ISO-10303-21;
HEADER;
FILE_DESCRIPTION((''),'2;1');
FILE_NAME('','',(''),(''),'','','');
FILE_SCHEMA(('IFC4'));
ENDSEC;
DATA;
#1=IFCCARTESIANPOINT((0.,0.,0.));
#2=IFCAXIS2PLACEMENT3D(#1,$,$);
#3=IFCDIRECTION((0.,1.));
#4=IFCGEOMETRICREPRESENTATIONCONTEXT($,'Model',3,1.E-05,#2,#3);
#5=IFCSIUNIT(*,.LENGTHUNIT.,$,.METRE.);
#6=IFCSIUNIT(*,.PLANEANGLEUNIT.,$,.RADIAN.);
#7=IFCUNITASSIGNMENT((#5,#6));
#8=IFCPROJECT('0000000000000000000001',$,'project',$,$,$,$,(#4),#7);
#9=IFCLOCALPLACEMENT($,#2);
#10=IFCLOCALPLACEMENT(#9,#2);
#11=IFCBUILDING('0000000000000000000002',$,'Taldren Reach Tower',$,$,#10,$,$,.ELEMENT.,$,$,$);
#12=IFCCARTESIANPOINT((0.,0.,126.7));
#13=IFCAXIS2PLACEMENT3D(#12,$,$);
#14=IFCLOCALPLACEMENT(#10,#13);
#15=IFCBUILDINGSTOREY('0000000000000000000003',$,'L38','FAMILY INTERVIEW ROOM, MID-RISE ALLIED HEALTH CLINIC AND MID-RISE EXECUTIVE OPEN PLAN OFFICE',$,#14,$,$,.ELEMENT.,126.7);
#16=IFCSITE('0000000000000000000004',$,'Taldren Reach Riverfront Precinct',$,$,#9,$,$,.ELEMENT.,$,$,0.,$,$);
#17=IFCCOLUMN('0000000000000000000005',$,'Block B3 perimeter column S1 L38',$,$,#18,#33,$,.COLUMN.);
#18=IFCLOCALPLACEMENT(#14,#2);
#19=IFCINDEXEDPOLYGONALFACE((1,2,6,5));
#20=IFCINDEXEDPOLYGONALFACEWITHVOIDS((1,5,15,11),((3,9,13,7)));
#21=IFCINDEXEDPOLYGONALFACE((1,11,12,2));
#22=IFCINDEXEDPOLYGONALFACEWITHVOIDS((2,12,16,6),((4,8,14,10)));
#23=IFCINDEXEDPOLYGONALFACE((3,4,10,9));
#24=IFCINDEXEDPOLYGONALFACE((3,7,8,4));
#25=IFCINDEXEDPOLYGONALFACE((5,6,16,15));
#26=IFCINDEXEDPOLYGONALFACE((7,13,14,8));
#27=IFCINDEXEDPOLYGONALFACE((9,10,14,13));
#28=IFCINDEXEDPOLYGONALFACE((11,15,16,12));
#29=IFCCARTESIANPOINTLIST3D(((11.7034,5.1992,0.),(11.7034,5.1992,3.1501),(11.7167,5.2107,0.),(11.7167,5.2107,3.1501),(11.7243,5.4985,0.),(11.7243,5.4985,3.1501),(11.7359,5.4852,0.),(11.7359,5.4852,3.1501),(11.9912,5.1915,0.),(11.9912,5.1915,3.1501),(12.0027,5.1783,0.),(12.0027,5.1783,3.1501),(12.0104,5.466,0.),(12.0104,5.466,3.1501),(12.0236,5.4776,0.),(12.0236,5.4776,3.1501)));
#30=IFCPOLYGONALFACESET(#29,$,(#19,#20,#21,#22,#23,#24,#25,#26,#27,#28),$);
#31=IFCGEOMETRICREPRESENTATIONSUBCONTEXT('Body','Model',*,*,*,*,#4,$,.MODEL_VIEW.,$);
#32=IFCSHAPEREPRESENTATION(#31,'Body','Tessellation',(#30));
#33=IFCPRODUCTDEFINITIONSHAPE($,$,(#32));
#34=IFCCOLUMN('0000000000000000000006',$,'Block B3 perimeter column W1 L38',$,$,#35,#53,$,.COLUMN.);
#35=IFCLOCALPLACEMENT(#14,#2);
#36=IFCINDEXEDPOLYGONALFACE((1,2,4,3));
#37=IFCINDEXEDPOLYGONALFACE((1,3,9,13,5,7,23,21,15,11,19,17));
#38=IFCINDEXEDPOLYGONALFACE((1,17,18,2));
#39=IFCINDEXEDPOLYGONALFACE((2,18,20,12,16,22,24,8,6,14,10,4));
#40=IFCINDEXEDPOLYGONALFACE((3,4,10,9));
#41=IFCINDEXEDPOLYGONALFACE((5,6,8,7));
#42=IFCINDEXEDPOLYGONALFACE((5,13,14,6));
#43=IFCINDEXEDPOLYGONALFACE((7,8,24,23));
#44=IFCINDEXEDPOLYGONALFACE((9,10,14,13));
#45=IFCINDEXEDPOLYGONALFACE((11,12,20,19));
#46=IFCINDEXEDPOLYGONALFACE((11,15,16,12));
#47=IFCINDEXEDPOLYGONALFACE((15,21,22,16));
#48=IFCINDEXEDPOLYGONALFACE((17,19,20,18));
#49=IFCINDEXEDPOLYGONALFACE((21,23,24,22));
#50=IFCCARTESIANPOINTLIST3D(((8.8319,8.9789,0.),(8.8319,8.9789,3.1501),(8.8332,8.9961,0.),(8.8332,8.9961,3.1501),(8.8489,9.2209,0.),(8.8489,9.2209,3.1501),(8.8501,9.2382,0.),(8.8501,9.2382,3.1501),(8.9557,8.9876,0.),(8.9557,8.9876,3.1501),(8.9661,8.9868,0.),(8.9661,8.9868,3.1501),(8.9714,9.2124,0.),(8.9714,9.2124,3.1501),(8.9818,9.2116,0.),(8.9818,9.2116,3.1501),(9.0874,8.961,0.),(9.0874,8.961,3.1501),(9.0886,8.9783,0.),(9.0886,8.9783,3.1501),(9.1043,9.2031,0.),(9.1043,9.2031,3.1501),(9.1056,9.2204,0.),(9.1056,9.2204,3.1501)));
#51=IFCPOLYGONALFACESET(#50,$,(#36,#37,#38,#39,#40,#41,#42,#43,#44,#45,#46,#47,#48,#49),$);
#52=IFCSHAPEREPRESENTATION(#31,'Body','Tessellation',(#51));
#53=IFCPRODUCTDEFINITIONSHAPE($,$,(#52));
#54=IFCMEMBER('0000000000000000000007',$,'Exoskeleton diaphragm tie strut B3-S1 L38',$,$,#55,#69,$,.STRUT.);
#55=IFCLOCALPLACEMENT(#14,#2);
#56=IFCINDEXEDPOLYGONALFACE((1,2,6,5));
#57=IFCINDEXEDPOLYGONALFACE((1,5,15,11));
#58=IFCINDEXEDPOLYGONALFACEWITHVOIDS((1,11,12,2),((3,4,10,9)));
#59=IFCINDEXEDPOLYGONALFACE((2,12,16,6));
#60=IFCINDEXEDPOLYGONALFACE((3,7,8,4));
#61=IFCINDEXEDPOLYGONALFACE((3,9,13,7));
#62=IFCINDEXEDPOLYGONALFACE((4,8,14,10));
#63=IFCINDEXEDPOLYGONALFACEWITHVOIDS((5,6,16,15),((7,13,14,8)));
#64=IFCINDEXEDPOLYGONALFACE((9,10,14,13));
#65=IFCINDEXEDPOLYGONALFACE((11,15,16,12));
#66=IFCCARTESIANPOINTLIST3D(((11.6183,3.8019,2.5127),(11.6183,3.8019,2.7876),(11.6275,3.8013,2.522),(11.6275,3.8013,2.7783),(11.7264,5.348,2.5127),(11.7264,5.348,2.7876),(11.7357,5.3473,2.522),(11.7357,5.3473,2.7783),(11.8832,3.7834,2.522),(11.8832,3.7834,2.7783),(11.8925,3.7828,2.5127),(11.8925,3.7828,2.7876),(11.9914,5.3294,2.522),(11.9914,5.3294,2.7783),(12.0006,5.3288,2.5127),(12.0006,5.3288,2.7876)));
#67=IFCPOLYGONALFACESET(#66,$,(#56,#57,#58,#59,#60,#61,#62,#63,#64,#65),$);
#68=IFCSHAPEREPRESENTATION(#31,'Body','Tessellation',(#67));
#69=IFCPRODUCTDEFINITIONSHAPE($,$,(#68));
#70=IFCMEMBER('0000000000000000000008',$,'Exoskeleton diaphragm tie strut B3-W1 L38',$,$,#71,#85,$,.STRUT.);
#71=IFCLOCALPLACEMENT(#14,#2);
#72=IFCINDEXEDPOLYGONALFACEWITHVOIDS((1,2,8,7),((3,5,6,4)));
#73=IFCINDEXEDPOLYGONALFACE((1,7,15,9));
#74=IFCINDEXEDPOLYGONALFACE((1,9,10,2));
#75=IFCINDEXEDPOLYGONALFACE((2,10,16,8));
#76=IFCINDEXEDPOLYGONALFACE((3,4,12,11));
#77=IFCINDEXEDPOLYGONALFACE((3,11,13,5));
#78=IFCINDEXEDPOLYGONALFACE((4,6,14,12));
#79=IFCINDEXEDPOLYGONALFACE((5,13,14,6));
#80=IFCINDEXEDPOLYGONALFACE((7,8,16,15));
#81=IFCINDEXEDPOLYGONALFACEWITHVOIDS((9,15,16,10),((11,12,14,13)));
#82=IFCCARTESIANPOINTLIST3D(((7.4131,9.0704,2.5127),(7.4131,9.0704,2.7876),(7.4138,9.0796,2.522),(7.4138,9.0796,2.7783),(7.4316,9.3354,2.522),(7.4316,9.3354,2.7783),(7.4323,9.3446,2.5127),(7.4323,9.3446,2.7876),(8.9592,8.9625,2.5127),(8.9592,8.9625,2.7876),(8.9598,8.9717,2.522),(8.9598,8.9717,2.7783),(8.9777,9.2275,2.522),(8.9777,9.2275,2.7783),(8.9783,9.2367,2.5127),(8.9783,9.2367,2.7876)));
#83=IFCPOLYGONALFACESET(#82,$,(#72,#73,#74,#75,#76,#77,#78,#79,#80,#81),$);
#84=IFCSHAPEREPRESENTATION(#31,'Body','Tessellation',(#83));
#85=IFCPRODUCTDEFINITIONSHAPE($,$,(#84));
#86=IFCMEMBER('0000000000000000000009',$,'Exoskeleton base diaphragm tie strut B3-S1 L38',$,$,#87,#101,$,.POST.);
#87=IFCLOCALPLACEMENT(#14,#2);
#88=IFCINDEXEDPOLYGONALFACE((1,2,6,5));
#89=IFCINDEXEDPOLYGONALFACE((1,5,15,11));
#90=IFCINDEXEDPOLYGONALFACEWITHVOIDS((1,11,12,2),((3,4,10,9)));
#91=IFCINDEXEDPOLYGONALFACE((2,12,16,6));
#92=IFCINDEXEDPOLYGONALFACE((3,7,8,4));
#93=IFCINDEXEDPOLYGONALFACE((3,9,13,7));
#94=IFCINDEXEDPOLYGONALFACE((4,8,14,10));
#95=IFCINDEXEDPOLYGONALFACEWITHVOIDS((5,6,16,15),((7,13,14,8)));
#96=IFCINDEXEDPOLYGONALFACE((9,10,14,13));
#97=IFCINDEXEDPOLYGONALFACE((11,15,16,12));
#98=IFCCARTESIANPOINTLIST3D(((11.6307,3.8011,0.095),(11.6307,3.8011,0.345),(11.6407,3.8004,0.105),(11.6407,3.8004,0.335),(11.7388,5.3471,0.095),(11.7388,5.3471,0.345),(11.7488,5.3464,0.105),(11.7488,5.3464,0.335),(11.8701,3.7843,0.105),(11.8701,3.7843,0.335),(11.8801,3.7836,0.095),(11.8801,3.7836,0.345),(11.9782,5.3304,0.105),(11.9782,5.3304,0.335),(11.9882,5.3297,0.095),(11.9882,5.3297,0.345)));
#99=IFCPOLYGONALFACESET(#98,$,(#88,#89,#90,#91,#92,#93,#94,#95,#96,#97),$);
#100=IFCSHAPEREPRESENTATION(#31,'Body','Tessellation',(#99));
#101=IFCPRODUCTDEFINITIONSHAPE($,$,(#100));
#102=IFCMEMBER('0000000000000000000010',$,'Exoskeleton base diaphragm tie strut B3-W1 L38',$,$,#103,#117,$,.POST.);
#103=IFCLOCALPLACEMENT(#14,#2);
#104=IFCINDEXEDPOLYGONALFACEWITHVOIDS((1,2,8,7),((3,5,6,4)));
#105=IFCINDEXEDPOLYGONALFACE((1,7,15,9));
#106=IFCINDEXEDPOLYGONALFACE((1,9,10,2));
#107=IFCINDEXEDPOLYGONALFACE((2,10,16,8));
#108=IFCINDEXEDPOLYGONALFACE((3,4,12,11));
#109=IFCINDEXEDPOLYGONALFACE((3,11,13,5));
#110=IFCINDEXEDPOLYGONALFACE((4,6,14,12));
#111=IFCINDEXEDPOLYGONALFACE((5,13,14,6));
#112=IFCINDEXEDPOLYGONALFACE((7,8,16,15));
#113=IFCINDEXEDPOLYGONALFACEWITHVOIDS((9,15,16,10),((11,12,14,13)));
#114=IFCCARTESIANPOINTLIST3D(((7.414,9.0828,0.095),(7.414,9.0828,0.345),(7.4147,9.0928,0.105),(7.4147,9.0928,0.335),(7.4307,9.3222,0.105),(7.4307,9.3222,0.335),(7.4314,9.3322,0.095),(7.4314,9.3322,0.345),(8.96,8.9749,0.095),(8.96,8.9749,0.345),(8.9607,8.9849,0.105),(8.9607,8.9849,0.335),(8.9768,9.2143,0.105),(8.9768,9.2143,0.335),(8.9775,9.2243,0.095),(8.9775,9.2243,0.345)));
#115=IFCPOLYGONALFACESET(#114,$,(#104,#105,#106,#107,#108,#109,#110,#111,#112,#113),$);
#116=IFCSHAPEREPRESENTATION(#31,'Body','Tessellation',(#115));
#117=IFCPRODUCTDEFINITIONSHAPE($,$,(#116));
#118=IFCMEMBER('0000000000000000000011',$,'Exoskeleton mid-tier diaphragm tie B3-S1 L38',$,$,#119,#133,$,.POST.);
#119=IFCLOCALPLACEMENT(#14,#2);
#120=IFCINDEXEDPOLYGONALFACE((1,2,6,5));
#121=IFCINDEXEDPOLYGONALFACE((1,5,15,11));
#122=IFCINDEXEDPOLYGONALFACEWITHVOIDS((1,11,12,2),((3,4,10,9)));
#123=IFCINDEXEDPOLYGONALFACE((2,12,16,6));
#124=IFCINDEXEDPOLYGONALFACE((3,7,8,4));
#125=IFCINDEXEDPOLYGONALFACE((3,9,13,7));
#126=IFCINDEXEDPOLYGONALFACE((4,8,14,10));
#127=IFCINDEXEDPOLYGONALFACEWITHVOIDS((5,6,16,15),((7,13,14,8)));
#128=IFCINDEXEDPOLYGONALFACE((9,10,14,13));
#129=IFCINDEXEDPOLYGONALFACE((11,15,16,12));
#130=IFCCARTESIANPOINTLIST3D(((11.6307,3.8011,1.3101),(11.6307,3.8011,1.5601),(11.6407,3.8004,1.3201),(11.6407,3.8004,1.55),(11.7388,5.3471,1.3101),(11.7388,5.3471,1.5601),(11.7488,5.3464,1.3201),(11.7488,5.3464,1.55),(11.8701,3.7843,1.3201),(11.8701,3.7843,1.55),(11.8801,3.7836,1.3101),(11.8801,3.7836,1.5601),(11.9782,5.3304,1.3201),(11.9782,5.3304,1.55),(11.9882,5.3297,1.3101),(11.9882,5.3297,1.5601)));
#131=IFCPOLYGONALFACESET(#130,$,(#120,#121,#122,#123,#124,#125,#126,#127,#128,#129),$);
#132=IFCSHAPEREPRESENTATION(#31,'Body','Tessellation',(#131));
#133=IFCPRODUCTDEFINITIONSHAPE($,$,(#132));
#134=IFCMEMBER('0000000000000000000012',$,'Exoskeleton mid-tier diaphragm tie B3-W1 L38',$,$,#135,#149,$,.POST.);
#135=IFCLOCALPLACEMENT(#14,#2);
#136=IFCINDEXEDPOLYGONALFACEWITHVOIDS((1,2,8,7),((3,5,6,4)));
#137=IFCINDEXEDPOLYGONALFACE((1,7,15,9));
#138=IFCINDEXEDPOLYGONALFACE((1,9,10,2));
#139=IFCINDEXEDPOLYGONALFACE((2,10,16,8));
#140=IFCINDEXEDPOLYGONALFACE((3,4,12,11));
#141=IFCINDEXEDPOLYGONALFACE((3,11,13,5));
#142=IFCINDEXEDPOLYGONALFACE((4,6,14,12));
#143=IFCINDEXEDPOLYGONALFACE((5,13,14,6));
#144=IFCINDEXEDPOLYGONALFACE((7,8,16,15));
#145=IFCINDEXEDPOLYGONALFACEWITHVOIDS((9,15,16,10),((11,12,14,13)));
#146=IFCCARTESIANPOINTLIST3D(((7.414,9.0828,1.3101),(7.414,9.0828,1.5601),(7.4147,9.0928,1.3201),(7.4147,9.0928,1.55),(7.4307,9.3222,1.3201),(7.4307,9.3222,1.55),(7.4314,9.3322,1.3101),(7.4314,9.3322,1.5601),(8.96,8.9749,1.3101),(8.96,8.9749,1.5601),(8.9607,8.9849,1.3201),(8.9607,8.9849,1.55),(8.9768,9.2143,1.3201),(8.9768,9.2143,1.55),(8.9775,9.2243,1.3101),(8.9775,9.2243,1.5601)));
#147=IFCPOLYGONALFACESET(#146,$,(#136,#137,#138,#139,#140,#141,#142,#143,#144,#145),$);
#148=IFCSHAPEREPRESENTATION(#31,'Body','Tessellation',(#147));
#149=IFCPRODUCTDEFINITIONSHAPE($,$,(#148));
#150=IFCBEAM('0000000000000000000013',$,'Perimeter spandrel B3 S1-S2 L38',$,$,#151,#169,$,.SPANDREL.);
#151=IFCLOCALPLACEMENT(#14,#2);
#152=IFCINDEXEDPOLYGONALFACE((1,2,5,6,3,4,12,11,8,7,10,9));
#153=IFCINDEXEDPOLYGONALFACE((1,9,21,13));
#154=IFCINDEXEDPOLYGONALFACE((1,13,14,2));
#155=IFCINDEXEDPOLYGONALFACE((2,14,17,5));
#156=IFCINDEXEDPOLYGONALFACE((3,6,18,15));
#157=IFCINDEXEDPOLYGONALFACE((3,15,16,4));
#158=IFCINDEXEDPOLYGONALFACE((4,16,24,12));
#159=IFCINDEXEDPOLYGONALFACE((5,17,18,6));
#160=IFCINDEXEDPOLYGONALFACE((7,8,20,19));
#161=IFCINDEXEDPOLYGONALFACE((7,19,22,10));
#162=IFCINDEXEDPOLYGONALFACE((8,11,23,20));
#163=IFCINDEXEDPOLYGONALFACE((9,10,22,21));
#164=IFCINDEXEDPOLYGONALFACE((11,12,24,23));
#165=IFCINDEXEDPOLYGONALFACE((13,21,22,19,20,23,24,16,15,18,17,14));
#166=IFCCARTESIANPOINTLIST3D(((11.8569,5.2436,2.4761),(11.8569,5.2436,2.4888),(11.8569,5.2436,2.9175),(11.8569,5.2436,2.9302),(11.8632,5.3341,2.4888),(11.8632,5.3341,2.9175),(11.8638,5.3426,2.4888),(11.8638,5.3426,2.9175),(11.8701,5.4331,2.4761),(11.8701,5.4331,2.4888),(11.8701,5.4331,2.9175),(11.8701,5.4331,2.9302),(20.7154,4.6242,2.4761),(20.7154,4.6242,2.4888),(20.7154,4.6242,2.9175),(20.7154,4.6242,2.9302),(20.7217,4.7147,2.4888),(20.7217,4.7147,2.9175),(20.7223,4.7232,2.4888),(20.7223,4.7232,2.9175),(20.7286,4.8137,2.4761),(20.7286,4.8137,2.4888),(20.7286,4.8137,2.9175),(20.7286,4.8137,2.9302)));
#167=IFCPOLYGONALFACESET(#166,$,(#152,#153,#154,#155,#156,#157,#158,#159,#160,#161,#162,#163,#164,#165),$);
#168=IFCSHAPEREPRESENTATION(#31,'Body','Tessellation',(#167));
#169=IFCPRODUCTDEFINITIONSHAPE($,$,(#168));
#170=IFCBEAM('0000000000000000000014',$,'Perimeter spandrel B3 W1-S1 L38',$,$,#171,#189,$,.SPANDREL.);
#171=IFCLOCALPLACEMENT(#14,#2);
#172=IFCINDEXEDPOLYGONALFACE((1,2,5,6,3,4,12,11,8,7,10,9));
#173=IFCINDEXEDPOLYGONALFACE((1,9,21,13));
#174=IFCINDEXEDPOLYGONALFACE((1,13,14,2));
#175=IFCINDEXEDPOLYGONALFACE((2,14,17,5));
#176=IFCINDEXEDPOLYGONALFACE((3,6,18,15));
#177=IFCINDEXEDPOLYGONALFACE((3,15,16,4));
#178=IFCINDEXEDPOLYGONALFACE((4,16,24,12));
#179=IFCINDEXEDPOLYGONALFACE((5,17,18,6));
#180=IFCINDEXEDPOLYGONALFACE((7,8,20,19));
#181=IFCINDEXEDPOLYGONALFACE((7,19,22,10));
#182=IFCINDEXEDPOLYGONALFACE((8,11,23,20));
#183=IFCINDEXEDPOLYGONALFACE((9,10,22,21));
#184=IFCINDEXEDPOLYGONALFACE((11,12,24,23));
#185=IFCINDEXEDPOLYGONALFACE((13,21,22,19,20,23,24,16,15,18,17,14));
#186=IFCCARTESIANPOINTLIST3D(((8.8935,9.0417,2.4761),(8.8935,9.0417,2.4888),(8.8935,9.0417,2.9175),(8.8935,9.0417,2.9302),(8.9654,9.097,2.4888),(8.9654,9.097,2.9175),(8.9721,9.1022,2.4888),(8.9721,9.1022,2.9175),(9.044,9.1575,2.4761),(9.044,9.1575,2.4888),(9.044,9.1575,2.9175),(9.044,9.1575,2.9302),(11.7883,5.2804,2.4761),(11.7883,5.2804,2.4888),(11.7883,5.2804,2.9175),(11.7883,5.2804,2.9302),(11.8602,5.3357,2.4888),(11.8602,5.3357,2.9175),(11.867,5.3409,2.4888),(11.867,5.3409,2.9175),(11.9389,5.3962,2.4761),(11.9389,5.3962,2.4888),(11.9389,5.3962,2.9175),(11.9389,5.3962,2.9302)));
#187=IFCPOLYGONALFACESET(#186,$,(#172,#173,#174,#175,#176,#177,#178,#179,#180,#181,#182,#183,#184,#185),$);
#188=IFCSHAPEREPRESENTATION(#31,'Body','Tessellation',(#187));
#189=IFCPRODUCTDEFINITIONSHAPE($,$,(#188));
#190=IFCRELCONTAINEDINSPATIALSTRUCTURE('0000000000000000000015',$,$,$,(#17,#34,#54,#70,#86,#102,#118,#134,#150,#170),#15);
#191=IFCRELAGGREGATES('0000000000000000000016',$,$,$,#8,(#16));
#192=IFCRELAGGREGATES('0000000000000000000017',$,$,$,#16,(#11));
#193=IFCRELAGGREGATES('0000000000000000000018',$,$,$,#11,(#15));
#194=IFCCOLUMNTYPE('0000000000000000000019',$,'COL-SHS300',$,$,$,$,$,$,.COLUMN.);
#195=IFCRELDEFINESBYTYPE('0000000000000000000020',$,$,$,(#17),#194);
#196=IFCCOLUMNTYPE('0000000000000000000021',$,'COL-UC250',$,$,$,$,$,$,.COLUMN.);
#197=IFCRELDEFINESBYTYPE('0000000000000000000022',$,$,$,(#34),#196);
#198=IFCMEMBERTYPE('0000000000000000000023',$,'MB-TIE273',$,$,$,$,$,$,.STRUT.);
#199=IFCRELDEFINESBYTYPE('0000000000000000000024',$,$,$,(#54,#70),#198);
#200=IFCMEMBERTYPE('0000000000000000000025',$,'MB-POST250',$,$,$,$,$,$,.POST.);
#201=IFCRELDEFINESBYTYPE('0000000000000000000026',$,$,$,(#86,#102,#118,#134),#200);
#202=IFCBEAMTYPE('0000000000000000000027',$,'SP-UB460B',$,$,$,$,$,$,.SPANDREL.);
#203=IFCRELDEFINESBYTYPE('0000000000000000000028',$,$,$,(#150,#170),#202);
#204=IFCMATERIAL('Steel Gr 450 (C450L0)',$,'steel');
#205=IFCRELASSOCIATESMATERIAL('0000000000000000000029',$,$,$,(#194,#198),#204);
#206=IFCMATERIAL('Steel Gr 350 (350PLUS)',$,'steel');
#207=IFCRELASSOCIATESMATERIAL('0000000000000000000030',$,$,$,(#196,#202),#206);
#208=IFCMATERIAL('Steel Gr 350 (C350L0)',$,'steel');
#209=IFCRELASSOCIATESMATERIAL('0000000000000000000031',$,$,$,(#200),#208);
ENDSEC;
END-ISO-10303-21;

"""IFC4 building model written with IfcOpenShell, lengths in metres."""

from ifc_helpers import new_model, si_unit, direction, frame, origin, origin_2d, place, context, subcontext, project, spatial, hollow_rectangle, i_section, extrude, source, transform, mapped, material, material_profile, profile_set, type_object, element, save


model = new_model("IFC4")

# Units and contexts
model_context = context("Model", 3, precision=1e-05, world=origin(), true_north=direction((0.0, 1.0)))
body_context = subcontext(model_context, "Body", "Model", "MODEL_VIEW")
ifc_project = project(units=[si_unit("LENGTHUNIT", "METRE"), si_unit("PLANEANGLEUNIT", "RADIAN")], contexts=[model_context])

# Site, building, storey
site_placement = place(None, origin())
site = spatial("IfcSite", under=ifc_project, at=site_placement, Name="Taldren Reach Riverfront Precinct", CompositionType="ELEMENT", RefElevation=0.0)
building_placement = place(site_placement, origin())
building = spatial("IfcBuilding", under=site, at=building_placement, Name="Taldren Reach Tower", CompositionType="ELEMENT")
storey_placement = place(building_placement, frame((0.0, 0.0, 126.7)))
storey = spatial("IfcBuildingStorey", under=building, at=storey_placement, Name="L38", Description="FAMILY INTERVIEW ROOM, MID-RISE ALLIED HEALTH CLINIC AND MID-RISE EXECUTIVE OPEN PLAN OFFICE", CompositionType="ELEMENT", Elevation=126.7)

# Columns
ifc_material_1 = material(Name="Steel Gr 450 (C450L0)", Category="steel")
ifc_material_profile_1 = material_profile(ifc_material_1, hollow_rectangle(XDim=0.3, YDim=0.3, WallThickness=0.0125, at=origin_2d()), Name="300x300x12.5SHS")
ifc_profile_set_1 = profile_set([ifc_material_profile_1], Name="Steel Gr 450 (C450L0)")
column_type_1 = type_object("IfcColumnType", Name="COL-SHS300", PredefinedType="COLUMN", material=ifc_profile_set_1)
shared_shape_1 = source(origin(), body_context, "Body", "SweptSolid", [
    extrude(hollow_rectangle(XDim=0.3, YDim=0.3, WallThickness=0.0125, at=origin_2d()), origin(), (0.0, 0.0, 1.0), 3.1501),
])
column_1_placement = place(storey_placement, frame((11.8635, 5.3384, 0.0), z_axis=(0.0, 0.0, 1.0), x_axis=(0.997564, -0.069756, 0.0)))
element("IfcColumn", 1, at=column_1_placement, inside=storey, type_object=column_type_1, Name="Block B3 perimeter column S1 L38", PredefinedType="COLUMN", context=body_context, shape_type="MappedRepresentation", body=[
    mapped(shared_shape_1, transform((0.0, 0.0, 0.0), scale=1.0)),
])
ifc_material_2 = material(Name="Steel Gr 350 (350PLUS)", Category="steel")
ifc_material_profile_2 = material_profile(ifc_material_2, i_section(OverallWidth=0.2561, OverallDepth=0.26, WebThickness=0.0105, FlangeThickness=0.0173, at=origin_2d()), Name="250UC89.5")
ifc_profile_set_2 = profile_set([ifc_material_profile_2], Name="Steel Gr 350 (350PLUS)")
column_type_2 = type_object("IfcColumnType", Name="COL-UC250", PredefinedType="COLUMN", material=ifc_profile_set_2)
shared_shape_2 = source(origin(), body_context, "Body", "SweptSolid", [
    extrude(i_section(OverallWidth=0.2561, OverallDepth=0.26, WebThickness=0.0105, FlangeThickness=0.0173, at=origin_2d()), origin(), (0.0, 0.0, 1.0), 3.1501),
])
column_2_placement = place(storey_placement, frame((8.9688, 9.0996, 0.0), z_axis=(0.0, 0.0, 1.0), x_axis=(0.997564, -0.069756, 0.0)))
element("IfcColumn", 2, at=column_2_placement, inside=storey, type_object=column_type_2, Name="Block B3 perimeter column W1 L38", PredefinedType="COLUMN", context=body_context, shape_type="MappedRepresentation", body=[
    mapped(shared_shape_2, transform((0.0, 0.0, 0.0), scale=1.0)),
])

# Members
ifc_material_profile_3 = material_profile(ifc_material_1, hollow_rectangle(XDim=0.2749, YDim=0.2749, WallThickness=0.0093, at=origin_2d()), Name="275x275x9.3SHS")
ifc_profile_set_3 = profile_set([ifc_material_profile_3], Name="Steel Gr 450 (C450L0)")
member_type_1 = type_object("IfcMemberType", Name="MB-TIE273", PredefinedType="STRUT", material=ifc_profile_set_3)
shared_shape_3 = source(origin(), body_context, "Body", "SweptSolid", [
    extrude(hollow_rectangle(XDim=0.2749, YDim=0.2749, WallThickness=0.0093, at=origin_2d()), origin(), (0.0, 0.0, 1.0), 1.5498),
])
for number, where, z_axis, x_axis, name in (
    (3, (11.8635, 5.3384, 2.6501), (-0.069781, -0.997562, 0.0), (0.997562, -0.069781, 0.0), "Exoskeleton diaphragm tie strut B3-S1 L38"),
    (4, (8.9688, 9.0996, 2.6501), (-0.997573, 0.069624, 0.0), (-0.069624, -0.997573, 0.0), "Exoskeleton diaphragm tie strut B3-W1 L38"),
):
    element("IfcMember", number, at=place(storey_placement, frame(where, z_axis=z_axis, x_axis=x_axis)), inside=storey, type_object=member_type_1, Name=name, PredefinedType="STRUT", context=body_context, shape_type="MappedRepresentation", body=[
        mapped(shared_shape_3, transform((0.0, 0.0, 0.0), scale=1.0)),
    ])
ifc_material_3 = material(Name="Steel Gr 350 (C350L0)", Category="steel")
ifc_material_profile_4 = material_profile(ifc_material_3, hollow_rectangle(XDim=0.25, YDim=0.25, WallThickness=0.01, at=origin_2d()), Name="250x250x10.0SHS")
ifc_profile_set_4 = profile_set([ifc_material_profile_4], Name="Steel Gr 350 (C350L0)")
member_type_2 = type_object("IfcMemberType", Name="MB-POST250", PredefinedType="POST", material=ifc_profile_set_4)
shared_shape_4 = source(origin(), body_context, "Body", "SweptSolid", [
    extrude(hollow_rectangle(XDim=0.25, YDim=0.25, WallThickness=0.01, at=origin_2d()), origin(), (0.0, 0.0, 1.0), 1.5498),
])
for number, where, z_axis, x_axis, name in (
    (5, (11.8635, 5.3384, 0.22), (-0.069781, -0.997562, 0.0), (0.997562, -0.069781, 0.0), "Exoskeleton base diaphragm tie strut B3-S1 L38"),
    (6, (8.9688, 9.0996, 0.22), (-0.997573, 0.069624, 0.0), (-0.069624, -0.997573, 0.0), "Exoskeleton base diaphragm tie strut B3-W1 L38"),
    (7, (11.8635, 5.3384, 1.4351), (-0.069781, -0.997562, 0.0), (0.997562, -0.069781, 0.0), "Exoskeleton mid-tier diaphragm tie B3-S1 L38"),
    (8, (8.9688, 9.0996, 1.4351), (-0.997573, 0.069624, 0.0), (-0.069624, -0.997573, 0.0), "Exoskeleton mid-tier diaphragm tie B3-W1 L38"),
):
    element("IfcMember", number, at=place(storey_placement, frame(where, z_axis=z_axis, x_axis=x_axis)), inside=storey, type_object=member_type_2, Name=name, PredefinedType="POST", context=body_context, shape_type="MappedRepresentation", body=[
        mapped(shared_shape_4, transform((0.0, 0.0, 0.0), scale=1.0)),
    ])

# Beams
ifc_material_profile_5 = material_profile(ifc_material_2, i_section(OverallWidth=0.1899, OverallDepth=0.4541, WebThickness=0.0085, FlangeThickness=0.0127, at=origin_2d()), Name="460UB67.1")
ifc_profile_set_5 = profile_set([ifc_material_profile_5], Name="Steel Gr 350 (350PLUS)")
beam_type_1 = type_object("IfcBeamType", Name="SP-UB460B", PredefinedType="SPANDREL", material=ifc_profile_set_5)
shared_shape_5 = source(origin(), body_context, "Body", "SweptSolid", [
    extrude(i_section(OverallWidth=0.1899, OverallDepth=0.4541, WebThickness=0.0085, FlangeThickness=0.0127, at=origin_2d()), origin(), (0.0, 0.0, 1.0), 8.8801),
])
beam_1_placement = place(storey_placement, frame((11.8635, 5.3384, 2.7031), z_axis=(0.997564, -0.06975, 0.0), x_axis=(0.06975, 0.997564, 0.0)))
element("IfcBeam", 9, at=beam_1_placement, inside=storey, type_object=beam_type_1, Name="Perimeter spandrel B3 S1-S2 L38", PredefinedType="SPANDREL", context=body_context, shape_type="MappedRepresentation", body=[
    mapped(shared_shape_5, transform((0.0, 0.0, 0.0), scale=1.0)),
])
shared_shape_6 = source(origin(), body_context, "Body", "SweptSolid", [
    extrude(i_section(OverallWidth=0.1899, OverallDepth=0.4541, WebThickness=0.0085, FlangeThickness=0.0127, at=origin_2d()), origin(), (0.0, 0.0, 1.0), 4.7463),
])
beam_2_placement = place(storey_placement, frame((8.9688, 9.0996, 2.7031), z_axis=(0.609912, -0.792469, 0.0), x_axis=(0.792469, 0.609912, 0.0)))
element("IfcBeam", 10, at=beam_2_placement, inside=storey, type_object=beam_type_1, Name="Perimeter spandrel B3 W1-S1 L38", PredefinedType="SPANDREL", context=body_context, shape_type="MappedRepresentation", body=[
    mapped(shared_shape_6, transform((0.0, 0.0, 0.0), scale=1.0)),
])

save(model, "model.ifc")
